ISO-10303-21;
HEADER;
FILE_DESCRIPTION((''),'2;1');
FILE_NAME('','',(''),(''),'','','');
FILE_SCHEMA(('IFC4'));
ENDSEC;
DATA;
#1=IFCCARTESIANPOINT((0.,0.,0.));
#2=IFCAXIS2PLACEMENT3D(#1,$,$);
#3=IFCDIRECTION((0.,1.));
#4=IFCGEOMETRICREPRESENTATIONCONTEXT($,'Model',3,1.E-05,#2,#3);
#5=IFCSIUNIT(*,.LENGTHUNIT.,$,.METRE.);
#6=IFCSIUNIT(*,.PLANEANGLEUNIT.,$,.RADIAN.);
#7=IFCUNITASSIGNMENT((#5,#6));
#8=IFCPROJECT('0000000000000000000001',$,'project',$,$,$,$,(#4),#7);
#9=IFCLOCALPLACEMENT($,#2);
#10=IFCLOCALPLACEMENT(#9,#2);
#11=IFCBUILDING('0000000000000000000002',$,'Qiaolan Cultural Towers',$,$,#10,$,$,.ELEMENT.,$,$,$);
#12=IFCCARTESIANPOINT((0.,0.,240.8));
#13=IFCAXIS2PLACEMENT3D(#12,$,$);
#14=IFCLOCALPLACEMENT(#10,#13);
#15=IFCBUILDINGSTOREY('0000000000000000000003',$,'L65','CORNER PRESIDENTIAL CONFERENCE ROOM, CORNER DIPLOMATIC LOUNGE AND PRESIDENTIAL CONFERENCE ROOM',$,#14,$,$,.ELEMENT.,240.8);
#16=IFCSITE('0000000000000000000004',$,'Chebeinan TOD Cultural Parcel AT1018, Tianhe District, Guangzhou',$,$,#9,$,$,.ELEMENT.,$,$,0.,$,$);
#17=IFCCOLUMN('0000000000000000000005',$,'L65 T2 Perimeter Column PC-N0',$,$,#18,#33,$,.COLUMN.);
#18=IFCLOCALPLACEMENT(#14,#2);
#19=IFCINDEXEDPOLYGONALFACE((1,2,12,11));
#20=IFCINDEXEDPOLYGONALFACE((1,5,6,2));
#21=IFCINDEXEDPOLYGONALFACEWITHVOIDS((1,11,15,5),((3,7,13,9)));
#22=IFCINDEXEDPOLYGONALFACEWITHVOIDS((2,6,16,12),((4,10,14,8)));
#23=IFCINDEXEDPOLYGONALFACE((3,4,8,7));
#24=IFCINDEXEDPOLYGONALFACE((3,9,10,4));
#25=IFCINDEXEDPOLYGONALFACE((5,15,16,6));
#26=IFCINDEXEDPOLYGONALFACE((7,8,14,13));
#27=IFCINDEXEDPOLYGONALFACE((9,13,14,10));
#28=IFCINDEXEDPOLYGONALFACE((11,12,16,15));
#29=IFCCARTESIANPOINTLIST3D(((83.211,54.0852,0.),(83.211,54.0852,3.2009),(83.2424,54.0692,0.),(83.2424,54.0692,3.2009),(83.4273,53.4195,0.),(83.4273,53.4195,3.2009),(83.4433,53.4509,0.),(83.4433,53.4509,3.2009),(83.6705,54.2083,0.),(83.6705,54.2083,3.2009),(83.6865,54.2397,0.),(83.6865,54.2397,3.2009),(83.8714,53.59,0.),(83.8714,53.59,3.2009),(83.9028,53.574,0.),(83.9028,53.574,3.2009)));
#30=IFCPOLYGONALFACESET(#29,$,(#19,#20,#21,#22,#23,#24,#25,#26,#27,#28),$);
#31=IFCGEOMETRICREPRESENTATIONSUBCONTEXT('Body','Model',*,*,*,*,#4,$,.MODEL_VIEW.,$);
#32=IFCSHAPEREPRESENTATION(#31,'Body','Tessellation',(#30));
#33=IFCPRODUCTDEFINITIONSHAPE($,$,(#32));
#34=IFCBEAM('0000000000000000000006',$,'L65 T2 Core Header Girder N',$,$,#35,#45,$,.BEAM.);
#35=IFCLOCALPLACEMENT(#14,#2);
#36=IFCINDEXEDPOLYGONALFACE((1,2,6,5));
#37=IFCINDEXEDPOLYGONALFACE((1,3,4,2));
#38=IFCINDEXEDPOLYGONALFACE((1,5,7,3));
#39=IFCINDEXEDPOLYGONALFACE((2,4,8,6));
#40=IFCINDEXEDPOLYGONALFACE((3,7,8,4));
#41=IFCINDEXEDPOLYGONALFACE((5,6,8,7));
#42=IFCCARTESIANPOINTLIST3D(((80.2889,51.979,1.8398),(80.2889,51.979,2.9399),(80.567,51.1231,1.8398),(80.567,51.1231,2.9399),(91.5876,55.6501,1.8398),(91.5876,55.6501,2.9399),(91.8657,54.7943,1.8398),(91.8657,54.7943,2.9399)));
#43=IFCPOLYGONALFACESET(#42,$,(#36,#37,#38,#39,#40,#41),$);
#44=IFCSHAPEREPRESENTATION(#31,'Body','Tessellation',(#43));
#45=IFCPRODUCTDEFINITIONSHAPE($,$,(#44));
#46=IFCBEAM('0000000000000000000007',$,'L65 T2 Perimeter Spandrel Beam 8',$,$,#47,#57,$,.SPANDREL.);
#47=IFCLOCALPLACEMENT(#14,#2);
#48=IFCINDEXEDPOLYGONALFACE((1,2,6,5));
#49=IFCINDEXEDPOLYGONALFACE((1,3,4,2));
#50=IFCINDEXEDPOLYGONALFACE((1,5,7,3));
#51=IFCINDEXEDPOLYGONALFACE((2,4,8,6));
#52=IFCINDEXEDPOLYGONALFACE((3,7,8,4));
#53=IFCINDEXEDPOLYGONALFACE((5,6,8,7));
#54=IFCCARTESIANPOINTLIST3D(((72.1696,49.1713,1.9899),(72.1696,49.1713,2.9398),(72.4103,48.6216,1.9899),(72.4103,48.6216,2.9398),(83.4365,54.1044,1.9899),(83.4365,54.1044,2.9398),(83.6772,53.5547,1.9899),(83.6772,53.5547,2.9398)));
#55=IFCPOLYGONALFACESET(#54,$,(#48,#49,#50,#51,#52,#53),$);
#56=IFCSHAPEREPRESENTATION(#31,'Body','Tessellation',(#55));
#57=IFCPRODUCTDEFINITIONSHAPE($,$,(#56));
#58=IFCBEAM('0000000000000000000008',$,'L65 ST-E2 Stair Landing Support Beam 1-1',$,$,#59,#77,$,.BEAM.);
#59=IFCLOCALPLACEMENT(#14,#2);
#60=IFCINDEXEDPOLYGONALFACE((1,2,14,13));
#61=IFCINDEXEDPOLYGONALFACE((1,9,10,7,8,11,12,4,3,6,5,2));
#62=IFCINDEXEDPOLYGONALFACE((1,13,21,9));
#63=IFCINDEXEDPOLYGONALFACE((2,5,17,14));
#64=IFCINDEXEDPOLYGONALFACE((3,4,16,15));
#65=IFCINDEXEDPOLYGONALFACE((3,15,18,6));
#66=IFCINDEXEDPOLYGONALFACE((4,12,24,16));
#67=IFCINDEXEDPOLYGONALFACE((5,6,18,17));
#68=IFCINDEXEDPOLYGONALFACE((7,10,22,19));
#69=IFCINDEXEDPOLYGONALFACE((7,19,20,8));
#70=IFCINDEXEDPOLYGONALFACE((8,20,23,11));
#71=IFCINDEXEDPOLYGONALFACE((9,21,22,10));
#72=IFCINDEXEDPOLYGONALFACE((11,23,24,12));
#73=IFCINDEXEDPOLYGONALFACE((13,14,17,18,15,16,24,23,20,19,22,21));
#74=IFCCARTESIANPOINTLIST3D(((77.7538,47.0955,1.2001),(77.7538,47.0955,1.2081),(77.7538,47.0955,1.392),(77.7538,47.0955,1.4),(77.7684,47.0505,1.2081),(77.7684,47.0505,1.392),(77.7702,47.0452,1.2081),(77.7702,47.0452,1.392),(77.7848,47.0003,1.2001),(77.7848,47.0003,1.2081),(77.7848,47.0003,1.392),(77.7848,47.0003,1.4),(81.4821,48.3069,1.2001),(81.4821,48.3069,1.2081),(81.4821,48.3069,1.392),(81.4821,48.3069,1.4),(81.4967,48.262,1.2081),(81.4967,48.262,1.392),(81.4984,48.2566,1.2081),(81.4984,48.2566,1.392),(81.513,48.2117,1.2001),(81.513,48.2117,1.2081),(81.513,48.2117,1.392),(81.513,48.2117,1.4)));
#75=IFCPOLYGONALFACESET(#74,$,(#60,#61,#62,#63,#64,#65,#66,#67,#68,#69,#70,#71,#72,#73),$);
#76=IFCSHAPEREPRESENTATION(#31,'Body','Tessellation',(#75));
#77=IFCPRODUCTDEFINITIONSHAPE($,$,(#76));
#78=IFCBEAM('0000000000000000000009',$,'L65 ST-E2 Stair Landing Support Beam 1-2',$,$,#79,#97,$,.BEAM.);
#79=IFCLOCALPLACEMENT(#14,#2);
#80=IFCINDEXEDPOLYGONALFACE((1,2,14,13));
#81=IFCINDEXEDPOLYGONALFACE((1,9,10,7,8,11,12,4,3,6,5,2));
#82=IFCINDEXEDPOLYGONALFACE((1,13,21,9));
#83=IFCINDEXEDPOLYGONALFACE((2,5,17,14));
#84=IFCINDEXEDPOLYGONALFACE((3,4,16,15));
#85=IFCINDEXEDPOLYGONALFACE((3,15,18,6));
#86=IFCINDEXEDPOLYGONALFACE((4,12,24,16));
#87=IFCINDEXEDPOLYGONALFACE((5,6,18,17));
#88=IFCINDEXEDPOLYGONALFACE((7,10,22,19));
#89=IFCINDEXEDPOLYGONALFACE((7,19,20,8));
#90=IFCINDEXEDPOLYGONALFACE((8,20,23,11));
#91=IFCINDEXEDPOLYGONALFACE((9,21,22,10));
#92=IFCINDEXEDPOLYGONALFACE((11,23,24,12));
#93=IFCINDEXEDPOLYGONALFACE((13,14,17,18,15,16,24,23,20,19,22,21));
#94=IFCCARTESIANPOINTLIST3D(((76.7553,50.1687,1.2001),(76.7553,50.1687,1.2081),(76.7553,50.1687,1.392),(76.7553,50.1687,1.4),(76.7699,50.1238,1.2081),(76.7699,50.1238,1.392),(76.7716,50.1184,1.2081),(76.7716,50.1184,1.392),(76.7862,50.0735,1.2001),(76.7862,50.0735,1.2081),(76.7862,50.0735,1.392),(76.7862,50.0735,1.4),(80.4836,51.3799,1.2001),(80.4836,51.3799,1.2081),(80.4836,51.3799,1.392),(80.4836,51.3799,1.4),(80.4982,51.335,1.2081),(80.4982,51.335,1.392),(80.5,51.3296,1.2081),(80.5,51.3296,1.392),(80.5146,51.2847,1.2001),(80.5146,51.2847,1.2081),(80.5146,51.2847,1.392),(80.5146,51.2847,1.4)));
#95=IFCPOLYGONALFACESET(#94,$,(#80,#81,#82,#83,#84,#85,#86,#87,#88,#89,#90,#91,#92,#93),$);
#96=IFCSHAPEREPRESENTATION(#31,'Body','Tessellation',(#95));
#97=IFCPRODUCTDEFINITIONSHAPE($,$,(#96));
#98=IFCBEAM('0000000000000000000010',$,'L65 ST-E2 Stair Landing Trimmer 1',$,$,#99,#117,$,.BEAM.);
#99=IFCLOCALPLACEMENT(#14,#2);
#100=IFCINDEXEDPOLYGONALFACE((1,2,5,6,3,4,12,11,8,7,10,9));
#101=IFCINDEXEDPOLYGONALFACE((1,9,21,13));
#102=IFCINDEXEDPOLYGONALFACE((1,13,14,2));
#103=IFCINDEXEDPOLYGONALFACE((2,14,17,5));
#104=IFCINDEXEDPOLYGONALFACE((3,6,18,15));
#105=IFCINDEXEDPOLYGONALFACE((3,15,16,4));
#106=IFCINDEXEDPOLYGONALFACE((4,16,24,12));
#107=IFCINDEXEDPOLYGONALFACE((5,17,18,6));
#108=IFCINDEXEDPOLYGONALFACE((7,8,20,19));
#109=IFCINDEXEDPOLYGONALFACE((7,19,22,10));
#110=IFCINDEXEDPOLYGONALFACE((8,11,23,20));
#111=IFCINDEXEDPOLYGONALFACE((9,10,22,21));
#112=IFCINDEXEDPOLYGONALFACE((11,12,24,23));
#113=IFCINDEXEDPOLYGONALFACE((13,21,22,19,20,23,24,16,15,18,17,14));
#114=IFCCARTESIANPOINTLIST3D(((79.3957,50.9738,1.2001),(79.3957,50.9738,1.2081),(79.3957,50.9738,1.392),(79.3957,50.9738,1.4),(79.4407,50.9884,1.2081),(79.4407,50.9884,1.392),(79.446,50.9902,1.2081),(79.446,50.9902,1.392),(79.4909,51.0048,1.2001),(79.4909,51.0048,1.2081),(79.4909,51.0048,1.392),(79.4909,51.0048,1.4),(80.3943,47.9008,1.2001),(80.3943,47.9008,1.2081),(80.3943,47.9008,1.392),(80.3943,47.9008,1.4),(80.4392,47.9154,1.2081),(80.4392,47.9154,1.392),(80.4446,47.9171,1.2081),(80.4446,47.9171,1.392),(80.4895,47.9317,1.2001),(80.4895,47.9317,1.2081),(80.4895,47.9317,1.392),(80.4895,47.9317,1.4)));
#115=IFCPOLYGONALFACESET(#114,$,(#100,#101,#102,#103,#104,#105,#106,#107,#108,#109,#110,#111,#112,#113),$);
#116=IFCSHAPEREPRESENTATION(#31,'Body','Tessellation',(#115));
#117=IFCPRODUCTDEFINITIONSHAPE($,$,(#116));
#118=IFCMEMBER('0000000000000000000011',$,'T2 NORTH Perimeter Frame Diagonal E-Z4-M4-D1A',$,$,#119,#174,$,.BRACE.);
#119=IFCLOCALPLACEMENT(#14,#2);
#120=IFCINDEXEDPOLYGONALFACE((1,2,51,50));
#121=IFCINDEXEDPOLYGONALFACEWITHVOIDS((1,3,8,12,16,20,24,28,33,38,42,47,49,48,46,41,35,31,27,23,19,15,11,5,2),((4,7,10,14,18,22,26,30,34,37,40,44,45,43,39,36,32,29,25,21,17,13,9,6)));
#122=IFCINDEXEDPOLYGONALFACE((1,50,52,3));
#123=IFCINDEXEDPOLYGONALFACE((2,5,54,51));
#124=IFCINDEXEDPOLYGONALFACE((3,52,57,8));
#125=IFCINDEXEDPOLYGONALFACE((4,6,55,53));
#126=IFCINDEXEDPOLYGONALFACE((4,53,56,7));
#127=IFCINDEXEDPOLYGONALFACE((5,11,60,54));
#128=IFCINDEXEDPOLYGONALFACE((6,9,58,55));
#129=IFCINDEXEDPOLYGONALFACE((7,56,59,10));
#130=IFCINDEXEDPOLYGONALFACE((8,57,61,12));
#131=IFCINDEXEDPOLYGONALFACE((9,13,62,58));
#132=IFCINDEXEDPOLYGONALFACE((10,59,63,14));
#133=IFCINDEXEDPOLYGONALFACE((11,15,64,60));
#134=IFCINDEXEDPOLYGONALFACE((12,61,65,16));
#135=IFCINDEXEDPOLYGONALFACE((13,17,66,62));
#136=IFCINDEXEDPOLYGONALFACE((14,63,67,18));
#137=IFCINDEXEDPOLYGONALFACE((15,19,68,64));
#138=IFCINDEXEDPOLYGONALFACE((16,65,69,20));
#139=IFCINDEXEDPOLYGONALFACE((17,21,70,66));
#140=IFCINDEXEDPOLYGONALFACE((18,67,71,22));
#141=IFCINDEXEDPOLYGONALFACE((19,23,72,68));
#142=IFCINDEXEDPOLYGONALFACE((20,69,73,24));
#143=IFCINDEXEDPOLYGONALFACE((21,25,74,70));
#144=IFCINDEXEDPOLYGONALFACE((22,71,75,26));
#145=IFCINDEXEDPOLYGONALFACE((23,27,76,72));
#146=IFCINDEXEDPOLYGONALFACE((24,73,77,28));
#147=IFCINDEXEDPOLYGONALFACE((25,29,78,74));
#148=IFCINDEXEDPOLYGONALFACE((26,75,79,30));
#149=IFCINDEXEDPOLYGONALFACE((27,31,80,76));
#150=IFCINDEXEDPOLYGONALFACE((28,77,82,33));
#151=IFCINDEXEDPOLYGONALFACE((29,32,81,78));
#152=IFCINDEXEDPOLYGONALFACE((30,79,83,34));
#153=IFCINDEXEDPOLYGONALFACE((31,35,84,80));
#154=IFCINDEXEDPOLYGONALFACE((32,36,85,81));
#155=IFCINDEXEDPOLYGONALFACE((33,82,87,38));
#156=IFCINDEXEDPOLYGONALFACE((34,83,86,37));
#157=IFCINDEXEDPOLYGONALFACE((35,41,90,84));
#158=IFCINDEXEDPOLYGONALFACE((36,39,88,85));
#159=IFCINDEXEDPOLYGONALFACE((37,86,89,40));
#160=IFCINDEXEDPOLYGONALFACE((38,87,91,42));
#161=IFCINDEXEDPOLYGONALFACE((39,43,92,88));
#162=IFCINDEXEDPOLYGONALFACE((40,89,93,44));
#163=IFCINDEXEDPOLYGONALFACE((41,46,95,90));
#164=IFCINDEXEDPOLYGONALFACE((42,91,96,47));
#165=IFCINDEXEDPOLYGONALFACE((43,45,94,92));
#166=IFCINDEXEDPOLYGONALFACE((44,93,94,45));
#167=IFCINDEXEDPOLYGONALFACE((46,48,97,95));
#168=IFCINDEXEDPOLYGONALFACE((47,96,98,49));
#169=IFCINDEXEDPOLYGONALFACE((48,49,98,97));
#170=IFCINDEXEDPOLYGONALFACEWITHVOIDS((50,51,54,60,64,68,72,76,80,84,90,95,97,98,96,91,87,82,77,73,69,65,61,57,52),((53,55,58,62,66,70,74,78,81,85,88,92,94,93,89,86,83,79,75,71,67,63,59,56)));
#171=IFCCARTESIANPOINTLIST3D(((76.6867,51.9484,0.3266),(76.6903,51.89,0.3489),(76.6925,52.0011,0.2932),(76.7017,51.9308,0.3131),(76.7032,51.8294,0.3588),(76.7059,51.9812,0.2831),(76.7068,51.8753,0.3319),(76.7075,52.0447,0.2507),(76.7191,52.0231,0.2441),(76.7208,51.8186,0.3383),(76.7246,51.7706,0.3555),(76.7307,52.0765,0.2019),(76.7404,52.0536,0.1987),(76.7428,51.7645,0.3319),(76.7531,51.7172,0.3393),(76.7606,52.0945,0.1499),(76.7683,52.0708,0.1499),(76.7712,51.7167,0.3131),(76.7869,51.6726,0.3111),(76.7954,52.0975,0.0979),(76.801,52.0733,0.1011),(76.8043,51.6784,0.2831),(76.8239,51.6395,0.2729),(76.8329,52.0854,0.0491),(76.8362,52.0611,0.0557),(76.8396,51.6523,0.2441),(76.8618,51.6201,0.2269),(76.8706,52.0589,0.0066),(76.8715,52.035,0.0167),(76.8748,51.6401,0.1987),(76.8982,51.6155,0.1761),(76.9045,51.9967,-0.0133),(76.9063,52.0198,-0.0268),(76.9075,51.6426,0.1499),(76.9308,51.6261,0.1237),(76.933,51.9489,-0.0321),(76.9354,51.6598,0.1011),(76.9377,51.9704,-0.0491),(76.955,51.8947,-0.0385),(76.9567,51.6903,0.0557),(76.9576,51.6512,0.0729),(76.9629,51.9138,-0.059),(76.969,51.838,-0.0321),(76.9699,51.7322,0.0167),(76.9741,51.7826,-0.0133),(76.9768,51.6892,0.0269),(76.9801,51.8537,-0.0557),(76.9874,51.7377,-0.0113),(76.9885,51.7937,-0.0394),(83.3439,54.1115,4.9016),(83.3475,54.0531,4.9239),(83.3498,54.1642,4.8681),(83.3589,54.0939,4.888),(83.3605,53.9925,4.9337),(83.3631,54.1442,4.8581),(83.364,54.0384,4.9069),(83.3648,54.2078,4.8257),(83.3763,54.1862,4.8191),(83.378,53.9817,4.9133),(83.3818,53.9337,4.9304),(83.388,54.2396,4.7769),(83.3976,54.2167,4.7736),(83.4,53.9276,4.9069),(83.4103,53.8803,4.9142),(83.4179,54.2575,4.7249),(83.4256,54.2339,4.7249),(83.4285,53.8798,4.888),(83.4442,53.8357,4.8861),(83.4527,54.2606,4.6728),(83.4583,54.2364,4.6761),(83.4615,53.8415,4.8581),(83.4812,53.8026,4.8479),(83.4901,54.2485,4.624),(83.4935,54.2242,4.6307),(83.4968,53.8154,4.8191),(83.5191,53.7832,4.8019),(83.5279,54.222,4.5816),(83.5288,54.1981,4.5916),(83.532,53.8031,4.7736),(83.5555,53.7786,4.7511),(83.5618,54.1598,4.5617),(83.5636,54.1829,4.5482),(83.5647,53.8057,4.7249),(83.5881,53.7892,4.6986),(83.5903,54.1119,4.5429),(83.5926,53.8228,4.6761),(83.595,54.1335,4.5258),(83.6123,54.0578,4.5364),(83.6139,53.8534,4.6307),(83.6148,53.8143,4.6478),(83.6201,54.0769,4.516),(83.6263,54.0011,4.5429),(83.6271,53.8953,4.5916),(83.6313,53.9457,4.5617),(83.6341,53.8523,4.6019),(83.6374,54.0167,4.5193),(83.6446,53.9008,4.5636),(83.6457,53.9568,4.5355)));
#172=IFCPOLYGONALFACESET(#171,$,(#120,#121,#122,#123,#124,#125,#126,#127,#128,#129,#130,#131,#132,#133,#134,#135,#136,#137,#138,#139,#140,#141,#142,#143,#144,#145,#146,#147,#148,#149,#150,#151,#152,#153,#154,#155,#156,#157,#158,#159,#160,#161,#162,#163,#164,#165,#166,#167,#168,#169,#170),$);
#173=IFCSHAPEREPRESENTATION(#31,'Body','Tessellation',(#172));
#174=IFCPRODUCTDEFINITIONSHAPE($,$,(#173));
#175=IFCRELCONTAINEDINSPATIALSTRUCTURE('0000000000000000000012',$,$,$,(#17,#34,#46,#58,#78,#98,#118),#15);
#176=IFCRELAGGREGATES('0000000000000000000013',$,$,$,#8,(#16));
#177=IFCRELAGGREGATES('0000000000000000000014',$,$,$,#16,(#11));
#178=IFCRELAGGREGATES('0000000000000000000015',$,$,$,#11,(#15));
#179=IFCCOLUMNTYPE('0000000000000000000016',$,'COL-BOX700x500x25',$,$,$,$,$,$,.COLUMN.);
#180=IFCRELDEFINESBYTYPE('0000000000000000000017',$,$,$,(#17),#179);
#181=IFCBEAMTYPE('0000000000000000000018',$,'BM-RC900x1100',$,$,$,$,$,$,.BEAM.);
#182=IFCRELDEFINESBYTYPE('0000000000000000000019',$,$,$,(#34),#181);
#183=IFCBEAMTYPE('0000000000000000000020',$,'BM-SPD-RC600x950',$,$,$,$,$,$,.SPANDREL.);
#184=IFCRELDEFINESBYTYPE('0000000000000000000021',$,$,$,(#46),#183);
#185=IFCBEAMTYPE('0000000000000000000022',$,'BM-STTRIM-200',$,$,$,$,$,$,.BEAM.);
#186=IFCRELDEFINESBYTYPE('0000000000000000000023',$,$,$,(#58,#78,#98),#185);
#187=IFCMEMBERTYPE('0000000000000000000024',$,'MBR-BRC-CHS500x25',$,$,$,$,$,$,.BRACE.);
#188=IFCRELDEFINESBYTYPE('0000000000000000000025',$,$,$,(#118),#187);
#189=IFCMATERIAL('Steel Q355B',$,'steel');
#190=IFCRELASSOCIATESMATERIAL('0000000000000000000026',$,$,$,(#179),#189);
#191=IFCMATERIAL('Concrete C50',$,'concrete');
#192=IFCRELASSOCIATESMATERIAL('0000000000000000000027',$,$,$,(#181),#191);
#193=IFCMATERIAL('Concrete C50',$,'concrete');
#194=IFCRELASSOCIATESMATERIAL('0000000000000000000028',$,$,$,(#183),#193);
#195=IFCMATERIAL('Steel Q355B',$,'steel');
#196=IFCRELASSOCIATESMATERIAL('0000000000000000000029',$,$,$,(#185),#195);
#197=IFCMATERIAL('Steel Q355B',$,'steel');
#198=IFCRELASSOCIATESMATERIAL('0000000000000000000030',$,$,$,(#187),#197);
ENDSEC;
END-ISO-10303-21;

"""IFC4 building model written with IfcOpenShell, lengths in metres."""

from ifc_helpers import new_model, si_unit, direction, frame, origin, origin_2d, place, context, subcontext, project, spatial, rectangle, hollow_rectangle, hollow_circle, i_section, extrude, material, material_profile, profile_set, type_object, element, save


model = new_model("IFC4")

# Units and contexts
model_context = context("Model", 3, precision=1e-05, world=origin(), true_north=direction((0.0, 1.0)))
body_context = subcontext(model_context, "Body", "Model", "MODEL_VIEW")
ifc_project = project(units=[si_unit("LENGTHUNIT", "METRE"), si_unit("PLANEANGLEUNIT", "RADIAN")], contexts=[model_context])

# Site, building, storey
site_placement = place(None, origin())
site = spatial("IfcSite", under=ifc_project, at=site_placement, Name="Chebeinan TOD Cultural Parcel AT1018, Tianhe District, Guangzhou", CompositionType="ELEMENT", RefElevation=0.0)
building_placement = place(site_placement, origin())
building = spatial("IfcBuilding", under=site, at=building_placement, Name="Qiaolan Cultural Towers", CompositionType="ELEMENT")
storey_placement = place(building_placement, frame((0.0, 0.0, 240.8)))
storey = spatial("IfcBuildingStorey", under=building, at=storey_placement, Name="L65", Description="CORNER PRESIDENTIAL CONFERENCE ROOM, CORNER DIPLOMATIC LOUNGE AND PRESIDENTIAL CONFERENCE ROOM", CompositionType="ELEMENT", Elevation=240.8)

# Column
ifc_material_1 = material(Name="Steel Q355B", Category="steel")
ifc_material_profile_1 = material_profile(ifc_material_1, hollow_rectangle(XDim=0.5, YDim=0.7, WallThickness=0.0249, at=origin_2d()), Name="BOX700x500x25")
ifc_profile_set_1 = profile_set([ifc_material_profile_1], Name="Steel Q355B")
column_type = type_object("IfcColumnType", Name="COL-BOX700x500x25", PredefinedType="COLUMN", material=ifc_profile_set_1)
column_placement = place(storey_placement, frame((83.5569, 53.8296, 0.0), z_axis=(0.0, 0.0, 1.0), x_axis=(0.951057, 0.309017, 0.0)))
element("IfcColumn", 1, at=column_placement, inside=storey, type_object=column_type, Name="L65 T2 Perimeter Column PC-N0", PredefinedType="COLUMN", context=body_context, shape_type="SweptSolid", body=[
    extrude(hollow_rectangle(XDim=0.5, YDim=0.7, WallThickness=0.0249, at=origin_2d()), origin(), (0.0, 0.0, 1.0), 3.2009),
])

# Beams
ifc_material_2 = material(Name="Concrete C50", Category="concrete")
ifc_material_profile_2 = material_profile(ifc_material_2, rectangle(XDim=0.8999, YDim=1.1001, at=origin_2d()), Name="RC900x1100")
ifc_profile_set_2 = profile_set([ifc_material_profile_2], Name="Concrete C50")
beam_type_1 = type_object("IfcBeamType", Name="BM-RC900x1100", PredefinedType="BEAM", material=ifc_profile_set_2)
beam_1_placement = place(storey_placement, frame((80.428, 51.551, 2.3899), z_axis=(0.951056, 0.309018, 0.0), x_axis=(-0.309018, 0.951056, 0.0)))
element("IfcBeam", 2, at=beam_1_placement, inside=storey, type_object=beam_type_1, Name="L65 T2 Core Header Girder N", PredefinedType="BEAM", context=body_context, shape_type="SweptSolid", body=[
    extrude(rectangle(XDim=0.8999, YDim=1.1001, at=origin_2d()), origin(), (0.0, 0.0, 1.0), 11.8801),
])
ifc_material_3 = material(Name="Concrete C50", Category="concrete")
ifc_material_profile_3 = material_profile(ifc_material_3, rectangle(XDim=0.6001, YDim=0.95, at=origin_2d()), Name="RC600x950")
ifc_profile_set_3 = profile_set([ifc_material_profile_3], Name="Concrete C50")
beam_type_2 = type_object("IfcBeamType", Name="BM-SPD-RC600x950", PredefinedType="SPANDREL", material=ifc_profile_set_3)
beam_2_placement = place(storey_placement, frame((83.5569, 53.8296, 2.4648), z_axis=(-0.916042, -0.401082, 0.0), x_axis=(0.401082, -0.916042, 0.0)))
element("IfcBeam", 3, at=beam_2_placement, inside=storey, type_object=beam_type_2, Name="L65 T2 Perimeter Spandrel Beam 8", PredefinedType="SPANDREL", context=body_context, shape_type="SweptSolid", body=[
    extrude(rectangle(XDim=0.6001, YDim=0.95, at=origin_2d()), origin(), (0.0, 0.0, 1.0), 12.2996),
])
ifc_material_4 = material(Name="Steel Q355B", Category="steel")
ifc_material_profile_4 = material_profile(ifc_material_4, i_section(OverallWidth=0.1001, OverallDepth=0.2, WebThickness=0.0056, FlangeThickness=0.0081, at=origin_2d()), Name="HN200x100x5.5x8")
ifc_profile_set_4 = profile_set([ifc_material_profile_4], Name="Steel Q355B")
beam_type_3 = type_object("IfcBeamType", Name="BM-STTRIM-200", PredefinedType="BEAM", material=ifc_profile_set_4)
for number, where, z_axis, x_axis, name in (
    (4, (77.7693, 47.0479, 1.3), (0.951054, 0.309026, 0.0), (-0.309026, 0.951054, 0.0), "L65 ST-E2 Stair Landing Support Beam 1-1"),
    (5, (76.7708, 50.1211, 1.3), (0.951072, 0.308969, 0.0), (-0.308969, 0.951072, 0.0), "L65 ST-E2 Stair Landing Support Beam 1-2"),
):
    element("IfcBeam", number, at=place(storey_placement, frame(where, z_axis=z_axis, x_axis=x_axis)), inside=storey, type_object=beam_type_3, Name=name, PredefinedType="BEAM", context=body_context, shape_type="SweptSolid", body=[
        extrude(i_section(OverallWidth=0.1001, OverallDepth=0.2, WebThickness=0.0056, FlangeThickness=0.0081, at=origin_2d()), origin(), (0.0, 0.0, 1.0), 3.9202),
    ])
beam_3_placement = place(storey_placement, frame((80.4419, 47.9163, 1.3), z_axis=(-0.309033, 0.951051, 0.0), x_axis=(-0.951051, -0.309033, 0.0)))
element("IfcBeam", 6, at=beam_3_placement, inside=storey, type_object=beam_type_3, Name="L65 ST-E2 Stair Landing Trimmer 1", PredefinedType="BEAM", context=body_context, shape_type="SweptSolid", body=[
    extrude(i_section(OverallWidth=0.1001, OverallDepth=0.2, WebThickness=0.0056, FlangeThickness=0.0081, at=origin_2d()), origin(), (0.0, 0.0, 1.0), 3.2312),
])

# Member
ifc_material_5 = material(Name="Steel Q355B", Category="steel")
ifc_material_profile_5 = material_profile(ifc_material_5, hollow_circle(Radius=0.25, WallThickness=0.0249, at=origin_2d()), Name="CHS500x25")
ifc_profile_set_5 = profile_set([ifc_material_profile_5], Name="Steel Q355B")
member_type = type_object("IfcMemberType", Name="MBR-BRC-CHS500x25", PredefinedType="BRACE", material=ifc_profile_set_5)
member_1_placement = place(storey_placement, frame((76.8379, 51.8567, 0.1499), z_axis=(0.796102, 0.258672, 0.547094), x_axis=(-0.30902, 0.951056, 0.0)))
element("IfcMember", 7, at=member_1_placement, inside=storey, type_object=member_type, Name="T2 NORTH Perimeter Frame Diagonal E-Z4-M4-D1A", PredefinedType="BRACE", context=body_context, shape_type="SweptSolid", body=[
    extrude(hollow_circle(Radius=0.25, WallThickness=0.0249, at=origin_2d()), origin(), (0.0, 0.0, 1.0), 8.3623),
])

save(model, "model.ifc")
